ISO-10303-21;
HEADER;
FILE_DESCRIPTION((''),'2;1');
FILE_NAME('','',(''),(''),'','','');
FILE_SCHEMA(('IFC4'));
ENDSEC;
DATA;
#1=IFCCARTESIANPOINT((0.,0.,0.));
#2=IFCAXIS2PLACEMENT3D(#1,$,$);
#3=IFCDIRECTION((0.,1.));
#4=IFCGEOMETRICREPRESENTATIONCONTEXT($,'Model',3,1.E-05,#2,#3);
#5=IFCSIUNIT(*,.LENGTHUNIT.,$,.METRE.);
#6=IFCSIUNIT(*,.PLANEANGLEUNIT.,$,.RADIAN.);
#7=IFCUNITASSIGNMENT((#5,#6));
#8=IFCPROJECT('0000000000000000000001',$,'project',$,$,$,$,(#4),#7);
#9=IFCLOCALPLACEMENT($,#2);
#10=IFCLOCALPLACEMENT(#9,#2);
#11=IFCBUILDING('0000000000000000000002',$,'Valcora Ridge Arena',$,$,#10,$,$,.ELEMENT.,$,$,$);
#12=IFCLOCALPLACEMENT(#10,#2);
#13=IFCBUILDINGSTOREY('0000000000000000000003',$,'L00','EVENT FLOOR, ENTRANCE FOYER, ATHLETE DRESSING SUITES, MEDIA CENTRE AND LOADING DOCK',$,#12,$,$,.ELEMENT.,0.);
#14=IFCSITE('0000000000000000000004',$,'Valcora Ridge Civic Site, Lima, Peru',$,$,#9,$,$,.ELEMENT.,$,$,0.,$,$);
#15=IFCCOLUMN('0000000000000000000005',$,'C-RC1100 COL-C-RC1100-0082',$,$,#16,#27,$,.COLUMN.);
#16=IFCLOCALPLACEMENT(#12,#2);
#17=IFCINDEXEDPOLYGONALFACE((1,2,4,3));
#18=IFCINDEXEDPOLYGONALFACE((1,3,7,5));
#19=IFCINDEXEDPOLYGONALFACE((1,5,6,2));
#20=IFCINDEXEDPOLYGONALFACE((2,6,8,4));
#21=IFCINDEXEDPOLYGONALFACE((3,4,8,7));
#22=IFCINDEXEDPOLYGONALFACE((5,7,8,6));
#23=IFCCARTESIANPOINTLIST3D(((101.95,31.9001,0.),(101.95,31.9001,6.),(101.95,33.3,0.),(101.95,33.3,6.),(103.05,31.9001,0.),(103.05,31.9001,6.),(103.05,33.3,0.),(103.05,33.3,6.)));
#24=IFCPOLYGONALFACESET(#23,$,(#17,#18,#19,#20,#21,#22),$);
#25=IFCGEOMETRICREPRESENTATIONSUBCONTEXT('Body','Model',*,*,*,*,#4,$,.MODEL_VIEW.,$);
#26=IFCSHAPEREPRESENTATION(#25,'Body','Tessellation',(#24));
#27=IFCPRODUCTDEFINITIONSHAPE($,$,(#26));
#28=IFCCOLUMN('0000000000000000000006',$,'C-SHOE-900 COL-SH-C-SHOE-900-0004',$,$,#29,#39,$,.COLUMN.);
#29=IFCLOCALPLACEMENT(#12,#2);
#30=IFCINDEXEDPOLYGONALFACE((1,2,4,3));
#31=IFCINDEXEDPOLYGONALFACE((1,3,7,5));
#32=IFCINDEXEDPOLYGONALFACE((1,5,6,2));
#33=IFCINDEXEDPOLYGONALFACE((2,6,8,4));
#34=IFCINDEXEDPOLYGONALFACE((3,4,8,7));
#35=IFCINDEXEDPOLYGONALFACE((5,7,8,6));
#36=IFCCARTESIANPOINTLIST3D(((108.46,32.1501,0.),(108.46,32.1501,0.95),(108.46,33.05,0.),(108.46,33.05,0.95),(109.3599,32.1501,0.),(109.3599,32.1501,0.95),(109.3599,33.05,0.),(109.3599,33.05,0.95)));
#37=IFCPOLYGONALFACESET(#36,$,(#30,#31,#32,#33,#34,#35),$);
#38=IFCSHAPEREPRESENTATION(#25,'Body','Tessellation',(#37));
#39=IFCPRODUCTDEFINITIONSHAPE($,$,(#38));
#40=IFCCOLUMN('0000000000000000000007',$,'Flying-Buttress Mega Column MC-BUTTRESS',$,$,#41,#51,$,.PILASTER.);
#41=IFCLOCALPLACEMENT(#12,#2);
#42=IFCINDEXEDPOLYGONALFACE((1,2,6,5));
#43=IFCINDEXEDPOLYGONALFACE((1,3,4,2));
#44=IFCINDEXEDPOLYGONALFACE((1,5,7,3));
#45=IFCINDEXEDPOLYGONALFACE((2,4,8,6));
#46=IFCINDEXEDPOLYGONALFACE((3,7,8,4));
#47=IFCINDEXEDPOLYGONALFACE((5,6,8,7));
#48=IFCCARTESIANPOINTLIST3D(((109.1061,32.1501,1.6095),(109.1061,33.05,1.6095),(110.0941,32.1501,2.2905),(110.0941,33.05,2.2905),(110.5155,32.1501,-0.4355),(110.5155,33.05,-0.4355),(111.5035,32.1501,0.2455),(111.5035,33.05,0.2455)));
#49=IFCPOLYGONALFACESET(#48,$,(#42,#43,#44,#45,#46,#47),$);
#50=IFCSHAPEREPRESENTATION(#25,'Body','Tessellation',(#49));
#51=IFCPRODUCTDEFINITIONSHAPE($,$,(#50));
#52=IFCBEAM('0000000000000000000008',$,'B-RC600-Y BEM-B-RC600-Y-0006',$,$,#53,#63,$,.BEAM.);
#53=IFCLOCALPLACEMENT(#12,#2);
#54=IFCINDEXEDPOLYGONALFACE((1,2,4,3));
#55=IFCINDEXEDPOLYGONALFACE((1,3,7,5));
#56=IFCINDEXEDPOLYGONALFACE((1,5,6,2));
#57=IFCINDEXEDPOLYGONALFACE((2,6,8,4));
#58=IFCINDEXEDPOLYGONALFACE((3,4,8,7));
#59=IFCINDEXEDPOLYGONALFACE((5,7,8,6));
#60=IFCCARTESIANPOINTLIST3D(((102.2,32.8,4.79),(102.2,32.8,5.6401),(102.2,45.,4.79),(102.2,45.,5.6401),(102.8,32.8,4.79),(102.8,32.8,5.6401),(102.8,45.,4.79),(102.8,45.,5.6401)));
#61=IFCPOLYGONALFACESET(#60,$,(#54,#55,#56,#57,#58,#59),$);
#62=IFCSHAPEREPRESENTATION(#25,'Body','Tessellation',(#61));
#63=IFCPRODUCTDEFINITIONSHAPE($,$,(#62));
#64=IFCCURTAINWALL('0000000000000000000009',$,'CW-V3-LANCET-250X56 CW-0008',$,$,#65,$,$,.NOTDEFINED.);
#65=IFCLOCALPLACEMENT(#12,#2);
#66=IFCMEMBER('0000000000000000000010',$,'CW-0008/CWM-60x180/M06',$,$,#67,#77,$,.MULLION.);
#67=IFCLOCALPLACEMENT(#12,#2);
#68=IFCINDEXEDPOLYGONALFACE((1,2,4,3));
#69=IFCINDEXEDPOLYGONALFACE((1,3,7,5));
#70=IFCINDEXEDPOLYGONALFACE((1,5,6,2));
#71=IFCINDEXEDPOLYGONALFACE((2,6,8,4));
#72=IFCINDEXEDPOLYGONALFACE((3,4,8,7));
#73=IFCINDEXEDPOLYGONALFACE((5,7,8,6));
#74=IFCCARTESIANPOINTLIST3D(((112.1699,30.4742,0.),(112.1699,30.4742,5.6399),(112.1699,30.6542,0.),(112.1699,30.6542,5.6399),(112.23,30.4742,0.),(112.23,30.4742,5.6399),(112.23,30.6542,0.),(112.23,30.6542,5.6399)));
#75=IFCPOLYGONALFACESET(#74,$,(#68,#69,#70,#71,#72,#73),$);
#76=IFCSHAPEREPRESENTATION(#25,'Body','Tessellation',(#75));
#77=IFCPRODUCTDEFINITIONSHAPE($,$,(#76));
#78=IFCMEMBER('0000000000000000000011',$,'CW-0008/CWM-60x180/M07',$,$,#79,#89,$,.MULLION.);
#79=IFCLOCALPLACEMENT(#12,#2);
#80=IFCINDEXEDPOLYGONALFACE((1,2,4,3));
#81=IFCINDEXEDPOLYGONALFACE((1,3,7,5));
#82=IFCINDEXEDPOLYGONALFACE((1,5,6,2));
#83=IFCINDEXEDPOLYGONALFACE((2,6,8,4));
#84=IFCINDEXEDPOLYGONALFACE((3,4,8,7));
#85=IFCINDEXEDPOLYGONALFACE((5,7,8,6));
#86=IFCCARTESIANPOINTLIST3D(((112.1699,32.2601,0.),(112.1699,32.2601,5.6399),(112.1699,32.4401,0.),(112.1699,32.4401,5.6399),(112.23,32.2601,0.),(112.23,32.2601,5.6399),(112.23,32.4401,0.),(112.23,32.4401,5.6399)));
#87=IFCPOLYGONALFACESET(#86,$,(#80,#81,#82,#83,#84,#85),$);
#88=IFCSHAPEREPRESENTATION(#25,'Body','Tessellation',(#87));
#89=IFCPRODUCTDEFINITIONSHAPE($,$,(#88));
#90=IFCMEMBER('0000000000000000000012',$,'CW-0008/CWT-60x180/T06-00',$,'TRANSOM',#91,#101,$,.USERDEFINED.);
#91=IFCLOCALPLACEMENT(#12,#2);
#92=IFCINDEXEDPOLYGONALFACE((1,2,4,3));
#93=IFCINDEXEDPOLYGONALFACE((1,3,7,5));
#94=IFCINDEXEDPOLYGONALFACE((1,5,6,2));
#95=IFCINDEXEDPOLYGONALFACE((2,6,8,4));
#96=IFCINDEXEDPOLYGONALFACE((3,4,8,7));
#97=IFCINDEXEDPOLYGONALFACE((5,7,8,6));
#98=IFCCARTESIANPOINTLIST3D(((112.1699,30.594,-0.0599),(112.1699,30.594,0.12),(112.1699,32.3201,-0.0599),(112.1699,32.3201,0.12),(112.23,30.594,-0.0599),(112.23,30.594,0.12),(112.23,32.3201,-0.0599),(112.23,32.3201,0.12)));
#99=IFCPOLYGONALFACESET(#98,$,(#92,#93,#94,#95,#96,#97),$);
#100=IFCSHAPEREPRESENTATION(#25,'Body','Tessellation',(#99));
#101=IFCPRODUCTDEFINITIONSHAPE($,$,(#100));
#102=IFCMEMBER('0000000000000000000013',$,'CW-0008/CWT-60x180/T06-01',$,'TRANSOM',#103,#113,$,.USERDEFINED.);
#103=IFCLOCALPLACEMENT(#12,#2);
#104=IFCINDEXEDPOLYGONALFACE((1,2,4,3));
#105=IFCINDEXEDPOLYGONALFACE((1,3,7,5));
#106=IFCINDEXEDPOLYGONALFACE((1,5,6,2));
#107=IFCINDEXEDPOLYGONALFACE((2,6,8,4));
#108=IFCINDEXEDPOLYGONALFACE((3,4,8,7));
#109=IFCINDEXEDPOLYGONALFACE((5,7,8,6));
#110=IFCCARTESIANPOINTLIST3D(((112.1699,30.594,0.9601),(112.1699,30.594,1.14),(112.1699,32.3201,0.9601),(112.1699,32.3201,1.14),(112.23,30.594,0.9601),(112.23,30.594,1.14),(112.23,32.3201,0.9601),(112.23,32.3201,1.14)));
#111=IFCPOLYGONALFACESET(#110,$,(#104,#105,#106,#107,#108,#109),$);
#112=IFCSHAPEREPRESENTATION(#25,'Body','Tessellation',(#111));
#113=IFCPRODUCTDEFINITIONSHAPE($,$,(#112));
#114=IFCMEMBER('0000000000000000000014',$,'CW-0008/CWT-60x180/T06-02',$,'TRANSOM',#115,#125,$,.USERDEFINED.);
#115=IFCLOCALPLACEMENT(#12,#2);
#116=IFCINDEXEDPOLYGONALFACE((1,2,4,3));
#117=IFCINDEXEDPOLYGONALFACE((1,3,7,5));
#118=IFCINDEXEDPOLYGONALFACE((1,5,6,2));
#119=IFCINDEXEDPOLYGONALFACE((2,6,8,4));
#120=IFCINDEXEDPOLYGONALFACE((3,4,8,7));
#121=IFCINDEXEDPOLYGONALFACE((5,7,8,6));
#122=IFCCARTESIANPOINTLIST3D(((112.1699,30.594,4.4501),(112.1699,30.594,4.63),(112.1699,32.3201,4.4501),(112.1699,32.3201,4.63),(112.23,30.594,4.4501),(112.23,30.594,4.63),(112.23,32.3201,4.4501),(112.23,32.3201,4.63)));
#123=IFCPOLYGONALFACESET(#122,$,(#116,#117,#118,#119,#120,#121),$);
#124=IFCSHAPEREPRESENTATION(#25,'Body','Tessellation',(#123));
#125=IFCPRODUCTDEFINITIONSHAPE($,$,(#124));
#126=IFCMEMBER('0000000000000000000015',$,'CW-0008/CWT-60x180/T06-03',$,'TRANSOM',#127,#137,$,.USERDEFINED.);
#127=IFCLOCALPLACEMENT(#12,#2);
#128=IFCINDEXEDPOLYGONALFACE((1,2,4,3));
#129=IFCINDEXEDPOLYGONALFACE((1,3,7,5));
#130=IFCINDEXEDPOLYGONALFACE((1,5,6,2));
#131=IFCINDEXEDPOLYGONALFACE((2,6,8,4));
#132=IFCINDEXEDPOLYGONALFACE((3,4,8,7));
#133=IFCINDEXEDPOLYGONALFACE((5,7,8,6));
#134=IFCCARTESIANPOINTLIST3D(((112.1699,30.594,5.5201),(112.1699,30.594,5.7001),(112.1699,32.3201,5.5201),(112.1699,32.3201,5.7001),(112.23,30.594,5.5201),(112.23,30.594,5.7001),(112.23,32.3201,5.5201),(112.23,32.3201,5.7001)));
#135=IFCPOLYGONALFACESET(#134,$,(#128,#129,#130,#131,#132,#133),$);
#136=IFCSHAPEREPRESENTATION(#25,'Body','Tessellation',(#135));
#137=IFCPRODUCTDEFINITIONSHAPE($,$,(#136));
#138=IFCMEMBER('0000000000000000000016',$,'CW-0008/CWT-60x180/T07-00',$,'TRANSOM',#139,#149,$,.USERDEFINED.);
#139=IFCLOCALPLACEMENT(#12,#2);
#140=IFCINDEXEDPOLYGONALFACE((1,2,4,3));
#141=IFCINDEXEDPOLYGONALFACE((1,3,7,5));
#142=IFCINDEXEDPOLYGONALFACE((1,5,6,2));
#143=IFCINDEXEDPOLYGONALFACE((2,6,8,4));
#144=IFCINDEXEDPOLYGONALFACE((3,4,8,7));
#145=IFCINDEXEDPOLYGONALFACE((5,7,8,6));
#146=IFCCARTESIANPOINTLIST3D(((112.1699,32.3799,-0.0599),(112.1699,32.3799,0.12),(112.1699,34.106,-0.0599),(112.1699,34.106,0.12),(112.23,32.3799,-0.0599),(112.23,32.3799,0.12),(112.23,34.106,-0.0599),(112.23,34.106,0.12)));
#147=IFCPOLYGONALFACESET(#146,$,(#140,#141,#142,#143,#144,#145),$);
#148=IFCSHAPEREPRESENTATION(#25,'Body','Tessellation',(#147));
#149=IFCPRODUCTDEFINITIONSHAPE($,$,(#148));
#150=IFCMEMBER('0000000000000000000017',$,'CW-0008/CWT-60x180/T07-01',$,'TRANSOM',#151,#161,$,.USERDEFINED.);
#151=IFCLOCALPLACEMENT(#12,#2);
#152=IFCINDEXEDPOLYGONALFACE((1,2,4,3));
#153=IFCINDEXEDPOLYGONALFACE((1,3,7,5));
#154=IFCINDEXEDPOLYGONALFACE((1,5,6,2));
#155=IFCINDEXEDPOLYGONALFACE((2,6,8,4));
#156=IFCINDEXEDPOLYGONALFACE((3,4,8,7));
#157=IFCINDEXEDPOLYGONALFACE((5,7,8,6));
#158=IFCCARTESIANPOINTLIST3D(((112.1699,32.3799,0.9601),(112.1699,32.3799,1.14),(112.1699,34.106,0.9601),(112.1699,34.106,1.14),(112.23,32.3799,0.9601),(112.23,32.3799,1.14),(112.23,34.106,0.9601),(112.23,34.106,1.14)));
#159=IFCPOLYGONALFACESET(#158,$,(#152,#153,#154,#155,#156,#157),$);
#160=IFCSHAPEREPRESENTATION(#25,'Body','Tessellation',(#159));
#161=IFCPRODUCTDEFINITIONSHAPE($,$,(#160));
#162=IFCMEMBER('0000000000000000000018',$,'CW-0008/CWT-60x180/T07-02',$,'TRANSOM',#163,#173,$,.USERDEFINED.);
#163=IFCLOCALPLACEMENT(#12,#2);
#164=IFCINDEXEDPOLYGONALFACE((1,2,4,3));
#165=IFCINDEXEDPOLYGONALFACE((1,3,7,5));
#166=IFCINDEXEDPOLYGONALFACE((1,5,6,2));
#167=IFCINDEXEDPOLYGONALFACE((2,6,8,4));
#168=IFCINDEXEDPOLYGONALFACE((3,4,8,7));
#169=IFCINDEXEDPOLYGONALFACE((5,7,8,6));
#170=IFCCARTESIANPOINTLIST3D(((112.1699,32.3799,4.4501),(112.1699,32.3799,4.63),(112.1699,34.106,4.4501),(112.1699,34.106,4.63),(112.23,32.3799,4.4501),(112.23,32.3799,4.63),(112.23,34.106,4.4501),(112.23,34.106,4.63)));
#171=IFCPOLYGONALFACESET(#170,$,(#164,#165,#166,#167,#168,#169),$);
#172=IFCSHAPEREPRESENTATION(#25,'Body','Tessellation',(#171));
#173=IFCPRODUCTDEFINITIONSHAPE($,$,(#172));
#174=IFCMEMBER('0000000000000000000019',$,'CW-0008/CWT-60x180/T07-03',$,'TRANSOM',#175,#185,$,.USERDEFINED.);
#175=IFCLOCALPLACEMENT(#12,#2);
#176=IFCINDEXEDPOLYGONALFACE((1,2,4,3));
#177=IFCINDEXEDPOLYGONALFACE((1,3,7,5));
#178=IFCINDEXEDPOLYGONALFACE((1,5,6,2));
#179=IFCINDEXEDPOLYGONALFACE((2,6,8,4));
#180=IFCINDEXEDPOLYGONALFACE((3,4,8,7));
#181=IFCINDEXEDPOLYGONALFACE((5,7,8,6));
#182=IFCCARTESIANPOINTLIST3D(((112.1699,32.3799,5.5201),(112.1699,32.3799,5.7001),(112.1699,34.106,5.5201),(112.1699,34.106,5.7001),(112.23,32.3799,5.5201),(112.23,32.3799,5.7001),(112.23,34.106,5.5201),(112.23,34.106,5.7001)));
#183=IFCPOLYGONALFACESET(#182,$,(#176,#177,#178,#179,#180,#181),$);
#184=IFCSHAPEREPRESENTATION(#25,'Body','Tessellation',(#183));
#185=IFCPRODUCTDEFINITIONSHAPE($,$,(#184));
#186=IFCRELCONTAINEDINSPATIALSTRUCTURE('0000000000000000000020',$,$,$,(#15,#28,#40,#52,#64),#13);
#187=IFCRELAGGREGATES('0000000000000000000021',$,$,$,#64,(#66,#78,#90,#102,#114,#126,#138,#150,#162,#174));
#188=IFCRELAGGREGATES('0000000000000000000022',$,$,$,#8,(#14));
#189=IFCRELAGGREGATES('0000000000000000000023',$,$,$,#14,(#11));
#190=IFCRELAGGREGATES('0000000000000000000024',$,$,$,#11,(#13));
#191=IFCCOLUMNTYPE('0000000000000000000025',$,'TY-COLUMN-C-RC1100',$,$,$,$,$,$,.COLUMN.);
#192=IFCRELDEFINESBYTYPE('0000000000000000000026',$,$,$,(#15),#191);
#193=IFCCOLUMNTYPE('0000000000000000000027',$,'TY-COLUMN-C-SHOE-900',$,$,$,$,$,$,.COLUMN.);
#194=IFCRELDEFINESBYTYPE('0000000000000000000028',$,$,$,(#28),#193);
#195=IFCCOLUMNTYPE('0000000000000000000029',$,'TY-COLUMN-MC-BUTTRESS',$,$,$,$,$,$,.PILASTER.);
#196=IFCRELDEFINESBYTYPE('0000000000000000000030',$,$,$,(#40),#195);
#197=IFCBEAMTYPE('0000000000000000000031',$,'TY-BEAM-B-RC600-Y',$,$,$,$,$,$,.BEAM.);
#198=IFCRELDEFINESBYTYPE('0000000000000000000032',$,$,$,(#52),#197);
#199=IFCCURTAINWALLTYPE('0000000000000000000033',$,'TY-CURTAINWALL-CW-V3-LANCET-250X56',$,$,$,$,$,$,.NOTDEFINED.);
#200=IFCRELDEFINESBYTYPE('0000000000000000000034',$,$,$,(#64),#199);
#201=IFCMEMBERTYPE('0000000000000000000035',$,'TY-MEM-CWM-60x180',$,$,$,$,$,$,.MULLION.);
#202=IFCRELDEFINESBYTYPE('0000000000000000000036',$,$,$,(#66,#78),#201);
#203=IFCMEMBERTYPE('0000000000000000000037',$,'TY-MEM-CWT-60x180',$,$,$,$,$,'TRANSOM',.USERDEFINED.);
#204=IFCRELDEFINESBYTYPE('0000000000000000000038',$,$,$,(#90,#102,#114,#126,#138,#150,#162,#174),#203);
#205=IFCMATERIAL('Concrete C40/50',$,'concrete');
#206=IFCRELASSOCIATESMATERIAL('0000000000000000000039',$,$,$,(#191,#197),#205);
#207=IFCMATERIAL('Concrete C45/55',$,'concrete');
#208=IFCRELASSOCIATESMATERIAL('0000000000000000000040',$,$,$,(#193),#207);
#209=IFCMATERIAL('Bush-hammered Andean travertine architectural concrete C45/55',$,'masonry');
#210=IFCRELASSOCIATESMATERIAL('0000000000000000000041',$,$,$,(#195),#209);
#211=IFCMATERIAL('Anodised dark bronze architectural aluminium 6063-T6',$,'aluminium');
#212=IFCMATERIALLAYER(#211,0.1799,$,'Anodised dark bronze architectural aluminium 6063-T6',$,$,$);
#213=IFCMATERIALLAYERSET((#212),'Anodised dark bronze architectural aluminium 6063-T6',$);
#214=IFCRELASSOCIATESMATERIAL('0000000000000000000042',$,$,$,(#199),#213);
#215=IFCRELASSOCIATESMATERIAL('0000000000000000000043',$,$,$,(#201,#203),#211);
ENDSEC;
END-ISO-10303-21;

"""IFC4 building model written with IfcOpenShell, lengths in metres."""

from ifc_helpers import new_model, si_unit, direction, frame, origin, origin_2d, place, context, subcontext, project, spatial, rectangle, extrude, material, layer, layer_set, material_profile, profile_set, type_object, element, aggregate, save


model = new_model("IFC4")

# Units and contexts
model_context = context("Model", 3, precision=1e-05, world=origin(), true_north=direction((0.0, 1.0)))
body_context = subcontext(model_context, "Body", "Model", "MODEL_VIEW")
ifc_project = project(units=[si_unit("LENGTHUNIT", "METRE"), si_unit("PLANEANGLEUNIT", "RADIAN")], contexts=[model_context])

# Site, building, storey
site_placement = place(None, origin())
site = spatial("IfcSite", under=ifc_project, at=site_placement, Name="Valcora Ridge Civic Site, Lima, Peru", CompositionType="ELEMENT", RefElevation=0.0)
building_placement = place(site_placement, origin())
building = spatial("IfcBuilding", under=site, at=building_placement, Name="Valcora Ridge Arena", CompositionType="ELEMENT")
storey_placement = place(building_placement, origin())
storey = spatial("IfcBuildingStorey", under=building, at=storey_placement, Name="L00", Description="EVENT FLOOR, ENTRANCE FOYER, ATHLETE DRESSING SUITES, MEDIA CENTRE AND LOADING DOCK", CompositionType="ELEMENT", Elevation=0.0)

# Columns
ifc_material_1 = material(Name="Concrete C40/50", Category="concrete")
ifc_material_profile_1 = material_profile(ifc_material_1, rectangle(XDim=1.1001, YDim=1.3999, at=origin_2d()), Name="RC 1100x1400")
ifc_profile_set_1 = profile_set([ifc_material_profile_1], Name="Concrete C40/50")
column_type_1 = type_object("IfcColumnType", Name="TY-COLUMN-C-RC1100", PredefinedType="COLUMN", material=ifc_profile_set_1)
column_1_placement = place(storey_placement, frame((102.5, 32.6001, 0.0), z_axis=(0.0, 0.0, 1.0), x_axis=(1.0, 0.0, 0.0)))
element("IfcColumn", 1, at=column_1_placement, inside=storey, type_object=column_type_1, Name="C-RC1100 COL-C-RC1100-0082", PredefinedType="COLUMN", context=body_context, shape_type="SweptSolid", body=[
    extrude(rectangle(XDim=1.1001, YDim=1.3999, at=origin_2d()), origin(), (0.0, 0.0, 1.0), 6.0),
])
ifc_material_2 = material(Name="Concrete C45/55", Category="concrete")
ifc_material_profile_2 = material_profile(ifc_material_2, rectangle(XDim=0.8999, YDim=0.8999, at=origin_2d()), Name="RC 900x900")
ifc_profile_set_2 = profile_set([ifc_material_profile_2], Name="Concrete C45/55")
column_type_2 = type_object("IfcColumnType", Name="TY-COLUMN-C-SHOE-900", PredefinedType="COLUMN", material=ifc_profile_set_2)
column_2_placement = place(storey_placement, frame((108.9099, 32.6001, 0.0), z_axis=(0.0, 0.0, 1.0), x_axis=(1.0, 0.0, 0.0)))
element("IfcColumn", 2, at=column_2_placement, inside=storey, type_object=column_type_2, Name="C-SHOE-900 COL-SH-C-SHOE-900-0004", PredefinedType="COLUMN", context=body_context, shape_type="SweptSolid", body=[
    extrude(rectangle(XDim=0.8999, YDim=0.8999, at=origin_2d()), origin(), (0.0, 0.0, 1.0), 0.95),
])
ifc_material_3 = material(Name="Bush-hammered Andean travertine architectural concrete C45/55", Category="masonry")
ifc_material_profile_3 = material_profile(ifc_material_3, rectangle(XDim=0.8999, YDim=1.2, at=origin_2d()), Name="RC 900x1200")
ifc_profile_set_3 = profile_set([ifc_material_profile_3], Name="Bush-hammered Andean travertine architectural concrete C45/55")
column_type_3 = type_object("IfcColumnType", Name="TY-COLUMN-MC-BUTTRESS", PredefinedType="PILASTER", material=ifc_profile_set_3)
column_3_placement = place(storey_placement, frame((111.0095, 32.6001, -0.095), z_axis=(-0.567496, 0.0, 0.823376), x_axis=(0.0, -1.0, 0.0)))
element("IfcColumn", 3, at=column_3_placement, inside=storey, type_object=column_type_3, Name="Flying-Buttress Mega Column MC-BUTTRESS", PredefinedType="PILASTER", context=body_context, shape_type="SweptSolid", body=[
    extrude(rectangle(XDim=0.8999, YDim=1.2, at=origin_2d()), origin(), (0.0, 0.0, 1.0), 2.4836),
])

# Beam
ifc_material_profile_4 = material_profile(ifc_material_1, rectangle(XDim=0.6001, YDim=0.8501, at=origin_2d()), Name="RC 600x850")
ifc_profile_set_4 = profile_set([ifc_material_profile_4], Name="Concrete C40/50")
beam_type = type_object("IfcBeamType", Name="TY-BEAM-B-RC600-Y", PredefinedType="BEAM", material=ifc_profile_set_4)
beam_placement = place(storey_placement, frame((102.5, 32.8, 5.2151), z_axis=(0.0, 1.0, 0.0), x_axis=(-1.0, 0.0, 0.0)))
element("IfcBeam", 4, at=beam_placement, inside=storey, type_object=beam_type, Name="B-RC600-Y BEM-B-RC600-Y-0006", PredefinedType="BEAM", context=body_context, shape_type="SweptSolid", body=[
    extrude(rectangle(XDim=0.6001, YDim=0.8501, at=origin_2d()), origin(), (0.0, 0.0, 1.0), 12.2),
])

# Curtain wall, members
ifc_material_4 = material(Name="Anodised dark bronze architectural aluminium 6063-T6", Category="aluminium")
ifc_layer_1 = layer(ifc_material_4, 0.1799, Name="Anodised dark bronze architectural aluminium 6063-T6")
ifc_layer_set_1 = layer_set([ifc_layer_1], Name="Anodised dark bronze architectural aluminium 6063-T6")
curtain_wall_type = type_object("IfcCurtainWallType", Name="TY-CURTAINWALL-CW-V3-LANCET-250X56", PredefinedType="NOTDEFINED", material=ifc_layer_set_1)
curtain_wall_placement = place(storey_placement, origin())
curtain_wall = element("IfcCurtainWall", 5, at=curtain_wall_placement, inside=storey, type_object=curtain_wall_type, Name="CW-V3-LANCET-250X56 CW-0008", PredefinedType="NOTDEFINED")
ifc_material_profile_5 = material_profile(ifc_material_4, rectangle(XDim=0.0601, YDim=0.1799, at=origin_2d()), Name="ALU MULLION 60x180")
ifc_profile_set_5 = profile_set([ifc_material_profile_5], Name="Anodised dark bronze architectural aluminium 6063-T6")
member_type_1 = type_object("IfcMemberType", Name="TY-MEM-CWM-60x180", PredefinedType="MULLION", material=ifc_profile_set_5)
member_1_placement = place(storey_placement, frame((112.2, 30.5642, 0.0), z_axis=(0.0, 0.0, 1.0), x_axis=(-1.0, 0.0, 0.0)))
member_1 = element("IfcMember", 6, at=member_1_placement, type_object=member_type_1, Name="CW-0008/CWM-60x180/M06", PredefinedType="MULLION", context=body_context, shape_type="SweptSolid", body=[
    extrude(rectangle(XDim=0.0601, YDim=0.1799, at=origin_2d()), origin(), (0.0, 0.0, 1.0), 5.6399),
])
member_2_placement = place(storey_placement, frame((112.2, 32.3501, 0.0), z_axis=(0.0, 0.0, 1.0), x_axis=(-1.0, 0.0, 0.0)))
member_2 = element("IfcMember", 7, at=member_2_placement, type_object=member_type_1, Name="CW-0008/CWM-60x180/M07", PredefinedType="MULLION", context=body_context, shape_type="SweptSolid", body=[
    extrude(rectangle(XDim=0.0601, YDim=0.1799, at=origin_2d()), origin(), (0.0, 0.0, 1.0), 5.6399),
])
ifc_material_profile_6 = material_profile(ifc_material_4, rectangle(XDim=0.0601, YDim=0.1799, at=origin_2d()), Name="ALU TRANSOM 60x180")
ifc_profile_set_6 = profile_set([ifc_material_profile_6], Name="Anodised dark bronze architectural aluminium 6063-T6")
member_type_2 = type_object("IfcMemberType", Name="TY-MEM-CWT-60x180", ElementType="TRANSOM", PredefinedType="USERDEFINED", material=ifc_profile_set_6)
member_3_placement = place(storey_placement, frame((112.2, 30.594, 0.03), z_axis=(0.0, 1.0, 0.0), x_axis=(-1.0, 0.0, 0.0)))
member_3 = element("IfcMember", 8, at=member_3_placement, type_object=member_type_2, Name="CW-0008/CWT-60x180/T06-00", ObjectType="TRANSOM", PredefinedType="USERDEFINED", context=body_context, shape_type="SweptSolid", body=[
    extrude(rectangle(XDim=0.0601, YDim=0.1799, at=origin_2d()), origin(), (0.0, 0.0, 1.0), 1.7261),
])
member_4_placement = place(storey_placement, frame((112.2, 30.594, 1.05), z_axis=(0.0, 1.0, 0.0), x_axis=(-1.0, 0.0, 0.0)))
member_4 = element("IfcMember", 9, at=member_4_placement, type_object=member_type_2, Name="CW-0008/CWT-60x180/T06-01", ObjectType="TRANSOM", PredefinedType="USERDEFINED", context=body_context, shape_type="SweptSolid", body=[
    extrude(rectangle(XDim=0.0601, YDim=0.1799, at=origin_2d()), origin(), (0.0, 0.0, 1.0), 1.7261),
])
member_5_placement = place(storey_placement, frame((112.2, 30.594, 4.54), z_axis=(0.0, 1.0, 0.0), x_axis=(-1.0, 0.0, 0.0)))
member_5 = element("IfcMember", 10, at=member_5_placement, type_object=member_type_2, Name="CW-0008/CWT-60x180/T06-02", ObjectType="TRANSOM", PredefinedType="USERDEFINED", context=body_context, shape_type="SweptSolid", body=[
    extrude(rectangle(XDim=0.0601, YDim=0.1799, at=origin_2d()), origin(), (0.0, 0.0, 1.0), 1.7261),
])
member_6_placement = place(storey_placement, frame((112.2, 30.594, 5.6101), z_axis=(0.0, 1.0, 0.0), x_axis=(-1.0, 0.0, 0.0)))
member_6 = element("IfcMember", 11, at=member_6_placement, type_object=member_type_2, Name="CW-0008/CWT-60x180/T06-03", ObjectType="TRANSOM", PredefinedType="USERDEFINED", context=body_context, shape_type="SweptSolid", body=[
    extrude(rectangle(XDim=0.0601, YDim=0.1799, at=origin_2d()), origin(), (0.0, 0.0, 1.0), 1.7261),
])
member_7_placement = place(storey_placement, frame((112.2, 32.3799, 0.03), z_axis=(0.0, 1.0, 0.0), x_axis=(-1.0, 0.0, 0.0)))
member_7 = element("IfcMember", 12, at=member_7_placement, type_object=member_type_2, Name="CW-0008/CWT-60x180/T07-00", ObjectType="TRANSOM", PredefinedType="USERDEFINED", context=body_context, shape_type="SweptSolid", body=[
    extrude(rectangle(XDim=0.0601, YDim=0.1799, at=origin_2d()), origin(), (0.0, 0.0, 1.0), 1.7261),
])
member_8_placement = place(storey_placement, frame((112.2, 32.3799, 1.05), z_axis=(0.0, 1.0, 0.0), x_axis=(-1.0, 0.0, 0.0)))
member_8 = element("IfcMember", 13, at=member_8_placement, type_object=member_type_2, Name="CW-0008/CWT-60x180/T07-01", ObjectType="TRANSOM", PredefinedType="USERDEFINED", context=body_context, shape_type="SweptSolid", body=[
    extrude(rectangle(XDim=0.0601, YDim=0.1799, at=origin_2d()), origin(), (0.0, 0.0, 1.0), 1.7261),
])
member_9_placement = place(storey_placement, frame((112.2, 32.3799, 4.54), z_axis=(0.0, 1.0, 0.0), x_axis=(-1.0, 0.0, 0.0)))
member_9 = element("IfcMember", 14, at=member_9_placement, type_object=member_type_2, Name="CW-0008/CWT-60x180/T07-02", ObjectType="TRANSOM", PredefinedType="USERDEFINED", context=body_context, shape_type="SweptSolid", body=[
    extrude(rectangle(XDim=0.0601, YDim=0.1799, at=origin_2d()), origin(), (0.0, 0.0, 1.0), 1.7261),
])
member_10_placement = place(storey_placement, frame((112.2, 32.3799, 5.6101), z_axis=(0.0, 1.0, 0.0), x_axis=(-1.0, 0.0, 0.0)))
member_10 = element("IfcMember", 15, at=member_10_placement, type_object=member_type_2, Name="CW-0008/CWT-60x180/T07-03", ObjectType="TRANSOM", PredefinedType="USERDEFINED", context=body_context, shape_type="SweptSolid", body=[
    extrude(rectangle(XDim=0.0601, YDim=0.1799, at=origin_2d()), origin(), (0.0, 0.0, 1.0), 1.7261),
])

aggregate(curtain_wall, [member_1, member_2, member_3, member_4, member_5, member_6, member_7, member_8, member_9, member_10])

save(model, "model.ifc")
